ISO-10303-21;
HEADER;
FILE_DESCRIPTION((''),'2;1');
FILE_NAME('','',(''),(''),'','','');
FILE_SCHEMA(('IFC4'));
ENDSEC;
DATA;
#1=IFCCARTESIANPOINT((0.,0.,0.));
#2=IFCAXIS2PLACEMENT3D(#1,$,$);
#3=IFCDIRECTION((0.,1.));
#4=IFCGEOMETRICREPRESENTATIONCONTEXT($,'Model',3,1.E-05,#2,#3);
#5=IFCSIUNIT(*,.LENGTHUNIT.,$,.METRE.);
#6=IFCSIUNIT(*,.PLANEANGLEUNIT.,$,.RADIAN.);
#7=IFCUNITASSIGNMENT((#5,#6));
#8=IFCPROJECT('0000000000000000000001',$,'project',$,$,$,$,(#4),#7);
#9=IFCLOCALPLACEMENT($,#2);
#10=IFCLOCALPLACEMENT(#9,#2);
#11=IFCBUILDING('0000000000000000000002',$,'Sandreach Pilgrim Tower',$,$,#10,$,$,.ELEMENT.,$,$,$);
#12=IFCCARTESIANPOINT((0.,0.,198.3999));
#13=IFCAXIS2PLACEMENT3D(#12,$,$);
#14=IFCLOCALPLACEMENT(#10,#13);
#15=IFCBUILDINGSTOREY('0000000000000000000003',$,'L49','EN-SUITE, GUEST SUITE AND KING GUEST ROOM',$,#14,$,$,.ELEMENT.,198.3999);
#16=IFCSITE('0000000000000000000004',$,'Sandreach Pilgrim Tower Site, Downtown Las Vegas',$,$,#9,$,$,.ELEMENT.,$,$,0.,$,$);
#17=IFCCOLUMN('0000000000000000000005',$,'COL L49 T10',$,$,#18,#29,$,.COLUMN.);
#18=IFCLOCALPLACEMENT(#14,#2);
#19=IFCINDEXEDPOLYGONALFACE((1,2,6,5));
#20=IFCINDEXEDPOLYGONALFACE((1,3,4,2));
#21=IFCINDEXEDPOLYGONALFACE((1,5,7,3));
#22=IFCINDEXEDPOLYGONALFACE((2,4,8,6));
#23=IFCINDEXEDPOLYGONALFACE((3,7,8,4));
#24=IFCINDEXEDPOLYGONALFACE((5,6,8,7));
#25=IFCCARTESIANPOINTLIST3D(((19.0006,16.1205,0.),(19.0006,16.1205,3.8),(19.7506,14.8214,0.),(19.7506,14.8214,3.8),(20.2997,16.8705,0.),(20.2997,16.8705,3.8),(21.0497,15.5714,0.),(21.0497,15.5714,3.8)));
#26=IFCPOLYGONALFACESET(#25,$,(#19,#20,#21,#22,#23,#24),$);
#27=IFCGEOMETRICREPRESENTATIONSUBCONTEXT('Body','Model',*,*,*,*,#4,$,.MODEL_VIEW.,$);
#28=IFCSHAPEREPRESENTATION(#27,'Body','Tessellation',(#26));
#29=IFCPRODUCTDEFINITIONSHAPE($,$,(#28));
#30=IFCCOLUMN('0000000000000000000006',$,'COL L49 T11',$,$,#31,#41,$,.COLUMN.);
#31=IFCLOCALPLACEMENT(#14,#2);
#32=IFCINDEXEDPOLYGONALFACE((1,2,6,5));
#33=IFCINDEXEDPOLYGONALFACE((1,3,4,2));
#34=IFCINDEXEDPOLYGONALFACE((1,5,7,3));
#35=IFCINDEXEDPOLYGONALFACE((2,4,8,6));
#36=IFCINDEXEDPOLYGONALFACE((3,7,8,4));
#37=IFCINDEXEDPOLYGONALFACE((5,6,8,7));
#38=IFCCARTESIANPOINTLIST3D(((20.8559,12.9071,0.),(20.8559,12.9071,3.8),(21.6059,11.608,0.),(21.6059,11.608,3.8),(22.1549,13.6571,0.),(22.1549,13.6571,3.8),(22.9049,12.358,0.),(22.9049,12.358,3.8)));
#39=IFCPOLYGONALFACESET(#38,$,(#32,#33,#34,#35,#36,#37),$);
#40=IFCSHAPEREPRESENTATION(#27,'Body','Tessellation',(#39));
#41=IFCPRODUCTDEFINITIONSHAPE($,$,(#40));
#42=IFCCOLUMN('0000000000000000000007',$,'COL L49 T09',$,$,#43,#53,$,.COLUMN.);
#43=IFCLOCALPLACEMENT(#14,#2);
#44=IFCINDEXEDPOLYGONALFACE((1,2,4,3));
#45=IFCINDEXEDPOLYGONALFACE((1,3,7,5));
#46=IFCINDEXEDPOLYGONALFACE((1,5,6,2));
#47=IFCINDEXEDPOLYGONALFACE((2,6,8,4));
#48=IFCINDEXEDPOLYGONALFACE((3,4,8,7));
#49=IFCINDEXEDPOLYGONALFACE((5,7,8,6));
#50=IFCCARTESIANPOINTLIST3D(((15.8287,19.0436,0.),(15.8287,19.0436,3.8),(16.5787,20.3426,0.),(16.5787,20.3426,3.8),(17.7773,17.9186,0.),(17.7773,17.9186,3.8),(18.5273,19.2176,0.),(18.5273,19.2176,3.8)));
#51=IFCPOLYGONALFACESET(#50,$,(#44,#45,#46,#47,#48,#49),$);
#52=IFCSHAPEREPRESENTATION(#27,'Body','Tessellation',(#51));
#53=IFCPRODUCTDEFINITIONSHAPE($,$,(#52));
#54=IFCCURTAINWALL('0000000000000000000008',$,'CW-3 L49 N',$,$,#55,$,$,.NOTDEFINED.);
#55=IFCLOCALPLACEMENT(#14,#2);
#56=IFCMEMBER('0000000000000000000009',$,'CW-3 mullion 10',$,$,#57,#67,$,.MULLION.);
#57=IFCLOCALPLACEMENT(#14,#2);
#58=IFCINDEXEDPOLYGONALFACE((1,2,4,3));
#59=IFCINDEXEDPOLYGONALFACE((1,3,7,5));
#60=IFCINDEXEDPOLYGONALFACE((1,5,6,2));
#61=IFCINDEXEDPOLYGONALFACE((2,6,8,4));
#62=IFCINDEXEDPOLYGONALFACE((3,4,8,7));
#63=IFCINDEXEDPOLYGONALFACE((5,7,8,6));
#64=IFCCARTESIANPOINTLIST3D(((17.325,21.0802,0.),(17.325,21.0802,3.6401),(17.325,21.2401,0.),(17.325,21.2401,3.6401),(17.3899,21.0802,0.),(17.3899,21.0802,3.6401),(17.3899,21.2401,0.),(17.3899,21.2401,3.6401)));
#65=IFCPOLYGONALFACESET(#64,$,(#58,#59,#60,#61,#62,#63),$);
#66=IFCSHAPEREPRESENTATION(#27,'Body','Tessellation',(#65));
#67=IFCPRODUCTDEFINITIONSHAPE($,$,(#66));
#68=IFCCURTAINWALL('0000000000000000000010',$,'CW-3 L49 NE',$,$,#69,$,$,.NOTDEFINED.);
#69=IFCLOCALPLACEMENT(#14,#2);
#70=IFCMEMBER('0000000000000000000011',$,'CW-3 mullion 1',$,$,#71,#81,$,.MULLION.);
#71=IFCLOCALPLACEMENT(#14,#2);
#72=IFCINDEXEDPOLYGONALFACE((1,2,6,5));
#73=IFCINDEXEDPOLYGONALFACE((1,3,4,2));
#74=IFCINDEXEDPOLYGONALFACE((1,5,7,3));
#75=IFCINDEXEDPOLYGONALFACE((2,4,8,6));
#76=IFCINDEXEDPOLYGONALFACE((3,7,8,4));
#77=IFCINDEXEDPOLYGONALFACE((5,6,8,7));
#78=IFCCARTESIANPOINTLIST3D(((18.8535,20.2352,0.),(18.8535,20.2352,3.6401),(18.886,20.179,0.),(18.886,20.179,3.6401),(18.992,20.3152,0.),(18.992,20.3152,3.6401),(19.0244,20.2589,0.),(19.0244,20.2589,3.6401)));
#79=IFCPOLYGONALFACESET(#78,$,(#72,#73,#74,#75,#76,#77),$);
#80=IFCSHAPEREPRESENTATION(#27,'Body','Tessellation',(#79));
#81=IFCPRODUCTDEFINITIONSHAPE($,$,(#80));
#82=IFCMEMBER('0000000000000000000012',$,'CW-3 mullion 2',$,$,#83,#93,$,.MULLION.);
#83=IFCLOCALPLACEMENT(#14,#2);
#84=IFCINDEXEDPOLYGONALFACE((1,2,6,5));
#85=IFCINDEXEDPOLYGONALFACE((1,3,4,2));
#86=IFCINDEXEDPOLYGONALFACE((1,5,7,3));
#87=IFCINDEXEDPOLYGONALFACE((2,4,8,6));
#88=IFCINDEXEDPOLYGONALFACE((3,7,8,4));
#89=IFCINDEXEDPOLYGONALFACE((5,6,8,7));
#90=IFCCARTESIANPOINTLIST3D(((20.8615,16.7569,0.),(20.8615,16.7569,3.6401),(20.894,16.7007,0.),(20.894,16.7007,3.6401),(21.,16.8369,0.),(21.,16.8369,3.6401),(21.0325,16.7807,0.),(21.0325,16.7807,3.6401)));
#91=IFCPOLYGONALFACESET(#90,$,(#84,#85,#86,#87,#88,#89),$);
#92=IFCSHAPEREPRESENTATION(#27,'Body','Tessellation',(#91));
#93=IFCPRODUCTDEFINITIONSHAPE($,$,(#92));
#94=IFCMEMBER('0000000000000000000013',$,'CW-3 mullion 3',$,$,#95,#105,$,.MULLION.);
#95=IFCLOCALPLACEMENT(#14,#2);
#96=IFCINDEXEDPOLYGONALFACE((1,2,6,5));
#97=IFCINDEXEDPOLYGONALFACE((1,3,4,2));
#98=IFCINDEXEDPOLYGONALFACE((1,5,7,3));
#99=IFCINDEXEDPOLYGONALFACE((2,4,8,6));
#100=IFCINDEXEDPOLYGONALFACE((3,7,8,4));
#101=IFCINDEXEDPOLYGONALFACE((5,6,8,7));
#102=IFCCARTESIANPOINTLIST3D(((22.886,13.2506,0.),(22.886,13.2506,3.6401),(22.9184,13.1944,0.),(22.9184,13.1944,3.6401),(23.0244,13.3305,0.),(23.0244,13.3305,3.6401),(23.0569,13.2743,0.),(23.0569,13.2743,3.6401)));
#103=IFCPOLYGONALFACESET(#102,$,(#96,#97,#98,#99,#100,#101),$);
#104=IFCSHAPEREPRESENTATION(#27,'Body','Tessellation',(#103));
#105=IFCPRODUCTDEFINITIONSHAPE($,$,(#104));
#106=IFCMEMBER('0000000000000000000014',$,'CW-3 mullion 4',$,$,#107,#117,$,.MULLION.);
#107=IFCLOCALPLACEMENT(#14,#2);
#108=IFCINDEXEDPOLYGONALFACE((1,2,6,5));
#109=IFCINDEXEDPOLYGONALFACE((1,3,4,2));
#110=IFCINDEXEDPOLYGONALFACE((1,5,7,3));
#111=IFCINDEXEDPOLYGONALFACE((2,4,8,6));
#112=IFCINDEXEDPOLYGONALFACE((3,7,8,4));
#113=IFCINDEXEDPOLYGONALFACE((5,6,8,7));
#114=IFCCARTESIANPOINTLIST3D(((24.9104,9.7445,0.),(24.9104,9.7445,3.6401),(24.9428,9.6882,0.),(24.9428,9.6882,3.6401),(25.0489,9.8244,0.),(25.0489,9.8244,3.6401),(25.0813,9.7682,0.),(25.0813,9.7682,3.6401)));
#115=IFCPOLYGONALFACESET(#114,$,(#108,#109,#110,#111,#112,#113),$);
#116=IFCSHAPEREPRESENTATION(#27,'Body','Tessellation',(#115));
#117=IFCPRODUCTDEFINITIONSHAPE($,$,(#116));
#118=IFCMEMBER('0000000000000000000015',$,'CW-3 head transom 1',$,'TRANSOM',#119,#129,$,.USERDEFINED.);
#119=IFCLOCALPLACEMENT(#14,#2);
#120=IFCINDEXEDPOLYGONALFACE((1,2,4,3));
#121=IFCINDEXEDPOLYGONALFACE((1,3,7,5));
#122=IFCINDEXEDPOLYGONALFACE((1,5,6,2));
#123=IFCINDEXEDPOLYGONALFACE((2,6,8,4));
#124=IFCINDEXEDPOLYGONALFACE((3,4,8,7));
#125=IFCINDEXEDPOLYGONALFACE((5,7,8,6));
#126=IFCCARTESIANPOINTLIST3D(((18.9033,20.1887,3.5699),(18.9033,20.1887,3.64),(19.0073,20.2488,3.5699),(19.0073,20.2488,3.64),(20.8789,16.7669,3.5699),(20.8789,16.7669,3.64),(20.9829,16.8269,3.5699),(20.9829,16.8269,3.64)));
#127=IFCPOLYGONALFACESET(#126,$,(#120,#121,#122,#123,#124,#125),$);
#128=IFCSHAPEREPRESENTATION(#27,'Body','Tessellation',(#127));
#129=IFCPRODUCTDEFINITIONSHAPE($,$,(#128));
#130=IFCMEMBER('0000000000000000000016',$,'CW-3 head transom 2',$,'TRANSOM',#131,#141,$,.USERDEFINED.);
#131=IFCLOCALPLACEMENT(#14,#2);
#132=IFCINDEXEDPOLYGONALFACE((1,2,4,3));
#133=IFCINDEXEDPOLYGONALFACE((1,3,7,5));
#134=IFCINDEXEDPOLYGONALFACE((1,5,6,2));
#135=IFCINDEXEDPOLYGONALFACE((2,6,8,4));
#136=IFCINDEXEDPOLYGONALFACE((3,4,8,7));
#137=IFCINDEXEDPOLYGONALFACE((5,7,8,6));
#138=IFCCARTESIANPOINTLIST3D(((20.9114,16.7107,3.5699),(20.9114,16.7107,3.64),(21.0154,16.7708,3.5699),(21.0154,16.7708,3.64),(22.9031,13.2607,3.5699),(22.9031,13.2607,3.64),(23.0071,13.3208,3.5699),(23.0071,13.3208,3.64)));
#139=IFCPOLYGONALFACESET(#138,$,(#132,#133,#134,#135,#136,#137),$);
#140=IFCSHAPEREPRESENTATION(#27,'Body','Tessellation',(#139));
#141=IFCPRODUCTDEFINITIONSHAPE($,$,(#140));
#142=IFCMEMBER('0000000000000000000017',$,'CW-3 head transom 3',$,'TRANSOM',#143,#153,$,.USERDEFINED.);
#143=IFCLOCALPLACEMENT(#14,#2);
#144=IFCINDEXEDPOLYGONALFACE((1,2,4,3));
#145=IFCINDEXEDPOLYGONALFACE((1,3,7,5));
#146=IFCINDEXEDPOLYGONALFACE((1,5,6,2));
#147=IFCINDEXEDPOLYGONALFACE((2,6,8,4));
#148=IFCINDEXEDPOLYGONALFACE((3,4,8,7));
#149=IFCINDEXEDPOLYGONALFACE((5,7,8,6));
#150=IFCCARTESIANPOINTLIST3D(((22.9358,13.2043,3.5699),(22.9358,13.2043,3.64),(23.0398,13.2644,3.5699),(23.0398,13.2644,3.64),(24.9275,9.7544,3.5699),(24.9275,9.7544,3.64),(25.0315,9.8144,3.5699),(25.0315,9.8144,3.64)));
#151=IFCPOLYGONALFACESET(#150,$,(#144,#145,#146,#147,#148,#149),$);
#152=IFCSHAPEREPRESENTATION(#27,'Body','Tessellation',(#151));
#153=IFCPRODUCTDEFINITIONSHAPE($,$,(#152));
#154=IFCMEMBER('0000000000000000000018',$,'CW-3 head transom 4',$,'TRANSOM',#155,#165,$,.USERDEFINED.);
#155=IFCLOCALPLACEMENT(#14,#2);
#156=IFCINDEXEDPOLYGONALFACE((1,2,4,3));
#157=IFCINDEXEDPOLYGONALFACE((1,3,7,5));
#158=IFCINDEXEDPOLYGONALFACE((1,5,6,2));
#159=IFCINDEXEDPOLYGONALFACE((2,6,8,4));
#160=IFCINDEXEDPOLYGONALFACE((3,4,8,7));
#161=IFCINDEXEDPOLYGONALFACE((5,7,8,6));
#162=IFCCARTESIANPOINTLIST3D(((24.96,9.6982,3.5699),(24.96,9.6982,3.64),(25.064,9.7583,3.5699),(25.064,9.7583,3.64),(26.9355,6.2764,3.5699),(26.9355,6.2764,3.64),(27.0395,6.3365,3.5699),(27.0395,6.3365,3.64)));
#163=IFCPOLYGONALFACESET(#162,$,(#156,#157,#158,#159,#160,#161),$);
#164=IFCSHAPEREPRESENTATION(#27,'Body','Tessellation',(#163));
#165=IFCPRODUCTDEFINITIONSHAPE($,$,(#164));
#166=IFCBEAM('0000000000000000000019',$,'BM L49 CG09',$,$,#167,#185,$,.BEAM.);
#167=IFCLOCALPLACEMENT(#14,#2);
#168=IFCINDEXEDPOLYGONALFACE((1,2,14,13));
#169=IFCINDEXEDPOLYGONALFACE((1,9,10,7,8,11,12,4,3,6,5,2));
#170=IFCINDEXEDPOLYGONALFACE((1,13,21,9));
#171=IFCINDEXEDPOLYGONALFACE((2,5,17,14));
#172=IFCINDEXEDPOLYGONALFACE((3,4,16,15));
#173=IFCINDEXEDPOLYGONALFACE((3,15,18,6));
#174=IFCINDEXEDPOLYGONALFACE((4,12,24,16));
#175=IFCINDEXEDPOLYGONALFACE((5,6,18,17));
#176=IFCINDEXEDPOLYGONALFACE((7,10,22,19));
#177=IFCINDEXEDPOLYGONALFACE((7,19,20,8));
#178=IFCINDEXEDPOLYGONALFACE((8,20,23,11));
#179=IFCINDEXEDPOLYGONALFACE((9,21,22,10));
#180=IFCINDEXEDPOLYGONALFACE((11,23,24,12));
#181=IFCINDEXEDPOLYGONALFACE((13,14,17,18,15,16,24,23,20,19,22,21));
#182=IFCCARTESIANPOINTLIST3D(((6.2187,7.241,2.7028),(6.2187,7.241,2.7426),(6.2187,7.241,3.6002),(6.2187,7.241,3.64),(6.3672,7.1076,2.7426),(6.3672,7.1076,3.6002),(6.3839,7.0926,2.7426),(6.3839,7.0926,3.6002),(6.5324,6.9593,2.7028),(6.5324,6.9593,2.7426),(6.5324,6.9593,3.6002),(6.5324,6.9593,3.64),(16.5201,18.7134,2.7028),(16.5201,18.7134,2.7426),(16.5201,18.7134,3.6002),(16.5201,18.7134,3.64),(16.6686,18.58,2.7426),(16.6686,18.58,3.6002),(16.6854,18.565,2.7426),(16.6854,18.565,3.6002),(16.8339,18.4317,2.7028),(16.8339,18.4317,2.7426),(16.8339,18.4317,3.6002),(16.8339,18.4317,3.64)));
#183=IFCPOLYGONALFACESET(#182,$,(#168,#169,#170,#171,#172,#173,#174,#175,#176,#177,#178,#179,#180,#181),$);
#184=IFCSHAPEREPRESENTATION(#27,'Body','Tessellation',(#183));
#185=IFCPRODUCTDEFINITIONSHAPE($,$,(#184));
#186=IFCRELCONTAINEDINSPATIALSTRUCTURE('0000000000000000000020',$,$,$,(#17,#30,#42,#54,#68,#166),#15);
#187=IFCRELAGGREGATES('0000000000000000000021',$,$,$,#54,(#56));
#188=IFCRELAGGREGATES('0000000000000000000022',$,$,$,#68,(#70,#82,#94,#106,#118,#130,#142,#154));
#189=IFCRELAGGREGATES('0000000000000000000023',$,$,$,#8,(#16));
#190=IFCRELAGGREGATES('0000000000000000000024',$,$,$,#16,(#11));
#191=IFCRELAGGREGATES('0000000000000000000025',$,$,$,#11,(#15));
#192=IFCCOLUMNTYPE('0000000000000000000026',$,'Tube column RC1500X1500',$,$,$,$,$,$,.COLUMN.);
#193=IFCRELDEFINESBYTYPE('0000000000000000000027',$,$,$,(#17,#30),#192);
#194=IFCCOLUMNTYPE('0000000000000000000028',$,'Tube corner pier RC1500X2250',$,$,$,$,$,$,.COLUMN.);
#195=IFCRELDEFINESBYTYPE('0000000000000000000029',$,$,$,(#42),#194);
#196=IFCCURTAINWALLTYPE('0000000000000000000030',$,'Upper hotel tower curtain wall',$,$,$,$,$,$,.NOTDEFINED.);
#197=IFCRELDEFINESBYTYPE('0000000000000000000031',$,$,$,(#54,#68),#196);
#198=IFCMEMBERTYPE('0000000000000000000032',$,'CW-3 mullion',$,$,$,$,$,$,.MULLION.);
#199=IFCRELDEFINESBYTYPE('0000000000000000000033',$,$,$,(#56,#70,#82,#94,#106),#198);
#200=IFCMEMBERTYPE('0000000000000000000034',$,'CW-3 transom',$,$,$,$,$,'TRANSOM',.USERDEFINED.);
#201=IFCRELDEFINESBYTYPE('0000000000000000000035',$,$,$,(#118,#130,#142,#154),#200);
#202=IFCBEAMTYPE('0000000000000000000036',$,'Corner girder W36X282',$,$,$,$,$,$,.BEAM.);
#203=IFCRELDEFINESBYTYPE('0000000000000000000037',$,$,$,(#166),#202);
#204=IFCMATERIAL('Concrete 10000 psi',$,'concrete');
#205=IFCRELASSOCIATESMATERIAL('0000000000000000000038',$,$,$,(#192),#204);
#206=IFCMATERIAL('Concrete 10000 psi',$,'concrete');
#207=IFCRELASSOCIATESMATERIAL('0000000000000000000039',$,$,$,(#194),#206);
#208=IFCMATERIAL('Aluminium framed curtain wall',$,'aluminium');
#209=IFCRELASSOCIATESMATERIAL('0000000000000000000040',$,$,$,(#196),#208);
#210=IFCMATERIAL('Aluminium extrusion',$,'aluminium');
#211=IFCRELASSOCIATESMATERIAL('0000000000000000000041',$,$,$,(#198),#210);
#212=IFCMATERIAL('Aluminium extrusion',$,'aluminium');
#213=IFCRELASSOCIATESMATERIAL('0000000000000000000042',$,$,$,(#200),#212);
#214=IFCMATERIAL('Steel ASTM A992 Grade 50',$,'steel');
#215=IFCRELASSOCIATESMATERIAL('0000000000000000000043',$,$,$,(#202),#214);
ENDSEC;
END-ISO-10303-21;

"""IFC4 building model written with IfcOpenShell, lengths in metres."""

from ifc_helpers import new_model, si_unit, direction, frame, origin, origin_2d, place, context, subcontext, project, spatial, rectangle, i_section, extrude, material, material_profile, profile_set, type_object, element, aggregate, save


model = new_model("IFC4")

# Units and contexts
model_context = context("Model", 3, precision=1e-05, world=origin(), true_north=direction((0.0, 1.0)))
body_context = subcontext(model_context, "Body", "Model", "MODEL_VIEW")
ifc_project = project(units=[si_unit("LENGTHUNIT", "METRE"), si_unit("PLANEANGLEUNIT", "RADIAN")], contexts=[model_context])

# Site, building, storey
site_placement = place(None, origin())
site = spatial("IfcSite", under=ifc_project, at=site_placement, Name="Sandreach Pilgrim Tower Site, Downtown Las Vegas", CompositionType="ELEMENT", RefElevation=0.0)
building_placement = place(site_placement, origin())
building = spatial("IfcBuilding", under=site, at=building_placement, Name="Sandreach Pilgrim Tower", CompositionType="ELEMENT")
storey_placement = place(building_placement, frame((0.0, 0.0, 198.3999)))
storey = spatial("IfcBuildingStorey", under=building, at=storey_placement, Name="L49", Description="EN-SUITE, GUEST SUITE AND KING GUEST ROOM", CompositionType="ELEMENT", Elevation=198.3999)

# Columns
ifc_material_1 = material(Name="Concrete 10000 psi", Category="concrete")
ifc_material_profile_1 = material_profile(ifc_material_1, rectangle(XDim=1.5, YDim=1.5, at=origin_2d()), Name="RC1500X1500")
ifc_profile_set_1 = profile_set([ifc_material_profile_1], Name="Concrete 10000 psi")
column_type_1 = type_object("IfcColumnType", Name="Tube column RC1500X1500", PredefinedType="COLUMN", material=ifc_profile_set_1)
for number, where, z_axis, x_axis, name in (
    (1, (20.0251, 15.8459, 0.0), (0.0, 0.0, 1.0), (0.866025, 0.5, 0.0), "COL L49 T10"),
    (2, (21.8804, 12.6326, 0.0), (0.0, 0.0, 1.0), (0.866025, 0.5, 0.0), "COL L49 T11"),
):
    element("IfcColumn", number, at=place(storey_placement, frame(where, z_axis=z_axis, x_axis=x_axis)), inside=storey, type_object=column_type_1, Name=name, PredefinedType="COLUMN", context=body_context, shape_type="SweptSolid", body=[
        extrude(rectangle(XDim=1.5, YDim=1.5, at=origin_2d()), origin(), (0.0, 0.0, 1.0), 3.8),
    ])
ifc_material_2 = material(Name="Concrete 10000 psi", Category="concrete")
ifc_material_profile_2 = material_profile(ifc_material_2, rectangle(XDim=1.5, YDim=2.25, at=origin_2d()), Name="RC1500X2250")
ifc_profile_set_2 = profile_set([ifc_material_profile_2], Name="Concrete 10000 psi")
column_type_2 = type_object("IfcColumnType", Name="Tube corner pier RC1500X2250", PredefinedType="COLUMN", material=ifc_profile_set_2)
column_placement = place(storey_placement, frame((17.178, 19.1306, 0.0), z_axis=(0.0, 0.0, 1.0), x_axis=(0.5, 0.866025, 0.0)))
element("IfcColumn", 3, at=column_placement, inside=storey, type_object=column_type_2, Name="COL L49 T09", PredefinedType="COLUMN", context=body_context, shape_type="SweptSolid", body=[
    extrude(rectangle(XDim=1.5, YDim=2.25, at=origin_2d()), origin(), (0.0, 0.0, 1.0), 3.8),
])

# Curtain wall, member
ifc_material_3 = material(Name="Aluminium framed curtain wall", Category="aluminium")
curtain_wall_type = type_object("IfcCurtainWallType", Name="Upper hotel tower curtain wall", PredefinedType="NOTDEFINED", material=ifc_material_3)
curtain_wall_1_placement = place(storey_placement, origin())
curtain_wall_1 = element("IfcCurtainWall", 4, at=curtain_wall_1_placement, inside=storey, type_object=curtain_wall_type, Name="CW-3 L49 N", PredefinedType="NOTDEFINED")
ifc_material_4 = material(Name="Aluminium extrusion", Category="aluminium")
ifc_material_profile_3 = material_profile(ifc_material_4, rectangle(XDim=0.0649, YDim=0.1599, at=origin_2d()), Name="CW-3M 65X160")
ifc_profile_set_3 = profile_set([ifc_material_profile_3], Name="Aluminium extrusion")
member_type_1 = type_object("IfcMemberType", Name="CW-3 mullion", PredefinedType="MULLION", material=ifc_profile_set_3)
member_1_placement = place(storey_placement, frame((17.3574, 21.1602, 0.0), z_axis=(0.0, 0.0, 1.0), x_axis=(1.0, 0.0, 0.0)))
member_1 = element("IfcMember", 5, at=member_1_placement, type_object=member_type_1, Name="CW-3 mullion 10", PredefinedType="MULLION", context=body_context, shape_type="SweptSolid", body=[
    extrude(rectangle(XDim=0.0649, YDim=0.1599, at=origin_2d()), origin(), (0.0, 0.0, 1.0), 3.6401),
])

# Curtain wall, members
curtain_wall_2_placement = place(storey_placement, origin())
curtain_wall_2 = element("IfcCurtainWall", 6, at=curtain_wall_2_placement, inside=storey, type_object=curtain_wall_type, Name="CW-3 L49 NE", PredefinedType="NOTDEFINED")
member_2_placement = place(storey_placement, frame((18.939, 20.2471, 0.0), z_axis=(0.0, 0.0, 1.0), x_axis=(0.5, -0.866025, 0.0)))
member_2 = element("IfcMember", 7, at=member_2_placement, type_object=member_type_1, Name="CW-3 mullion 1", PredefinedType="MULLION", context=body_context, shape_type="SweptSolid", body=[
    extrude(rectangle(XDim=0.0649, YDim=0.1599, at=origin_2d()), origin(), (0.0, 0.0, 1.0), 3.6401),
])
member_3_placement = place(storey_placement, frame((20.947, 16.7688, 0.0), z_axis=(0.0, 0.0, 1.0), x_axis=(0.5, -0.866025, 0.0)))
member_3 = element("IfcMember", 8, at=member_3_placement, type_object=member_type_1, Name="CW-3 mullion 2", PredefinedType="MULLION", context=body_context, shape_type="SweptSolid", body=[
    extrude(rectangle(XDim=0.0649, YDim=0.1599, at=origin_2d()), origin(), (0.0, 0.0, 1.0), 3.6401),
])
member_4_placement = place(storey_placement, frame((22.9714, 13.2625, 0.0), z_axis=(0.0, 0.0, 1.0), x_axis=(0.5, -0.866025, 0.0)))
member_4 = element("IfcMember", 9, at=member_4_placement, type_object=member_type_1, Name="CW-3 mullion 3", PredefinedType="MULLION", context=body_context, shape_type="SweptSolid", body=[
    extrude(rectangle(XDim=0.0649, YDim=0.1599, at=origin_2d()), origin(), (0.0, 0.0, 1.0), 3.6401),
])
member_5_placement = place(storey_placement, frame((24.9958, 9.7563, 0.0), z_axis=(0.0, 0.0, 1.0), x_axis=(0.5, -0.866025, 0.0)))
member_5 = element("IfcMember", 10, at=member_5_placement, type_object=member_type_1, Name="CW-3 mullion 4", PredefinedType="MULLION", context=body_context, shape_type="SweptSolid", body=[
    extrude(rectangle(XDim=0.0649, YDim=0.1599, at=origin_2d()), origin(), (0.0, 0.0, 1.0), 3.6401),
])
ifc_material_5 = material(Name="Aluminium extrusion", Category="aluminium")
ifc_material_profile_4 = material_profile(ifc_material_5, rectangle(XDim=0.1201, YDim=0.0701, at=origin_2d()), Name="CW-3T 120X70")
ifc_profile_set_4 = profile_set([ifc_material_profile_4], Name="Aluminium extrusion")
member_type_2 = type_object("IfcMemberType", Name="CW-3 transom", ElementType="TRANSOM", PredefinedType="USERDEFINED", material=ifc_profile_set_4)
member_6_placement = place(storey_placement, frame((18.9553, 20.2188, 3.605), z_axis=(0.499993, -0.866029, 0.0), x_axis=(0.866029, 0.499993, 0.0)))
member_6 = element("IfcMember", 11, at=member_6_placement, type_object=member_type_2, Name="CW-3 head transom 1", ObjectType="TRANSOM", PredefinedType="USERDEFINED", context=body_context, shape_type="SweptSolid", body=[
    extrude(rectangle(XDim=0.1201, YDim=0.0701, at=origin_2d()), origin(), (0.0, 0.0, 1.0), 3.9512),
])
member_7_placement = place(storey_placement, frame((20.9634, 16.7407, 3.605), z_axis=(0.499975, -0.86604, 0.0), x_axis=(0.86604, 0.499975, 0.0)))
member_7 = element("IfcMember", 12, at=member_7_placement, type_object=member_type_2, Name="CW-3 head transom 2", ObjectType="TRANSOM", PredefinedType="USERDEFINED", context=body_context, shape_type="SweptSolid", body=[
    extrude(rectangle(XDim=0.1201, YDim=0.0701, at=origin_2d()), origin(), (0.0, 0.0, 1.0), 3.9836),
])
member_8_placement = place(storey_placement, frame((22.9878, 13.2344, 3.605), z_axis=(0.499975, -0.86604, 0.0), x_axis=(0.86604, 0.499975, 0.0)))
member_8 = element("IfcMember", 13, at=member_8_placement, type_object=member_type_2, Name="CW-3 head transom 3", ObjectType="TRANSOM", PredefinedType="USERDEFINED", context=body_context, shape_type="SweptSolid", body=[
    extrude(rectangle(XDim=0.1201, YDim=0.0701, at=origin_2d()), origin(), (0.0, 0.0, 1.0), 3.9836),
])
member_9_placement = place(storey_placement, frame((25.012, 9.7283, 3.605), z_axis=(0.499993, -0.866029, 0.0), x_axis=(0.866029, 0.499993, 0.0)))
member_9 = element("IfcMember", 14, at=member_9_placement, type_object=member_type_2, Name="CW-3 head transom 4", ObjectType="TRANSOM", PredefinedType="USERDEFINED", context=body_context, shape_type="SweptSolid", body=[
    extrude(rectangle(XDim=0.1201, YDim=0.0701, at=origin_2d()), origin(), (0.0, 0.0, 1.0), 3.9512),
])

# Beam
ifc_material_6 = material(Name="Steel ASTM A992 Grade 50", Category="steel")
ifc_material_profile_5 = material_profile(ifc_material_6, i_section(OverallWidth=0.4216, OverallDepth=0.9373, WebThickness=0.0225, FlangeThickness=0.0398, at=origin_2d()), Name="W36X282")
ifc_profile_set_5 = profile_set([ifc_material_profile_5], Name="Steel ASTM A992 Grade 50")
beam_type_1 = type_object("IfcBeamType", Name="Corner girder W36X282", PredefinedType="BEAM", material=ifc_profile_set_5)
beam_1_placement = place(storey_placement, frame((16.677, 18.5725, 3.1714), z_axis=(-0.668117, -0.744057, 0.0), x_axis=(0.744057, -0.668117, 0.0)))
element("IfcBeam", 15, at=beam_1_placement, inside=storey, type_object=beam_type_1, Name="BM L49 CG09", PredefinedType="BEAM", context=body_context, shape_type="SweptSolid", body=[
    extrude(i_section(OverallWidth=0.4216, OverallDepth=0.9373, WebThickness=0.0225, FlangeThickness=0.0398, at=origin_2d()), origin(), (0.0, 0.0, 1.0), 15.4187),
])

aggregate(curtain_wall_1, [member_1])
aggregate(curtain_wall_2, [member_2, member_3, member_4, member_5, member_6, member_7, member_8, member_9])

save(model, "model.ifc")
